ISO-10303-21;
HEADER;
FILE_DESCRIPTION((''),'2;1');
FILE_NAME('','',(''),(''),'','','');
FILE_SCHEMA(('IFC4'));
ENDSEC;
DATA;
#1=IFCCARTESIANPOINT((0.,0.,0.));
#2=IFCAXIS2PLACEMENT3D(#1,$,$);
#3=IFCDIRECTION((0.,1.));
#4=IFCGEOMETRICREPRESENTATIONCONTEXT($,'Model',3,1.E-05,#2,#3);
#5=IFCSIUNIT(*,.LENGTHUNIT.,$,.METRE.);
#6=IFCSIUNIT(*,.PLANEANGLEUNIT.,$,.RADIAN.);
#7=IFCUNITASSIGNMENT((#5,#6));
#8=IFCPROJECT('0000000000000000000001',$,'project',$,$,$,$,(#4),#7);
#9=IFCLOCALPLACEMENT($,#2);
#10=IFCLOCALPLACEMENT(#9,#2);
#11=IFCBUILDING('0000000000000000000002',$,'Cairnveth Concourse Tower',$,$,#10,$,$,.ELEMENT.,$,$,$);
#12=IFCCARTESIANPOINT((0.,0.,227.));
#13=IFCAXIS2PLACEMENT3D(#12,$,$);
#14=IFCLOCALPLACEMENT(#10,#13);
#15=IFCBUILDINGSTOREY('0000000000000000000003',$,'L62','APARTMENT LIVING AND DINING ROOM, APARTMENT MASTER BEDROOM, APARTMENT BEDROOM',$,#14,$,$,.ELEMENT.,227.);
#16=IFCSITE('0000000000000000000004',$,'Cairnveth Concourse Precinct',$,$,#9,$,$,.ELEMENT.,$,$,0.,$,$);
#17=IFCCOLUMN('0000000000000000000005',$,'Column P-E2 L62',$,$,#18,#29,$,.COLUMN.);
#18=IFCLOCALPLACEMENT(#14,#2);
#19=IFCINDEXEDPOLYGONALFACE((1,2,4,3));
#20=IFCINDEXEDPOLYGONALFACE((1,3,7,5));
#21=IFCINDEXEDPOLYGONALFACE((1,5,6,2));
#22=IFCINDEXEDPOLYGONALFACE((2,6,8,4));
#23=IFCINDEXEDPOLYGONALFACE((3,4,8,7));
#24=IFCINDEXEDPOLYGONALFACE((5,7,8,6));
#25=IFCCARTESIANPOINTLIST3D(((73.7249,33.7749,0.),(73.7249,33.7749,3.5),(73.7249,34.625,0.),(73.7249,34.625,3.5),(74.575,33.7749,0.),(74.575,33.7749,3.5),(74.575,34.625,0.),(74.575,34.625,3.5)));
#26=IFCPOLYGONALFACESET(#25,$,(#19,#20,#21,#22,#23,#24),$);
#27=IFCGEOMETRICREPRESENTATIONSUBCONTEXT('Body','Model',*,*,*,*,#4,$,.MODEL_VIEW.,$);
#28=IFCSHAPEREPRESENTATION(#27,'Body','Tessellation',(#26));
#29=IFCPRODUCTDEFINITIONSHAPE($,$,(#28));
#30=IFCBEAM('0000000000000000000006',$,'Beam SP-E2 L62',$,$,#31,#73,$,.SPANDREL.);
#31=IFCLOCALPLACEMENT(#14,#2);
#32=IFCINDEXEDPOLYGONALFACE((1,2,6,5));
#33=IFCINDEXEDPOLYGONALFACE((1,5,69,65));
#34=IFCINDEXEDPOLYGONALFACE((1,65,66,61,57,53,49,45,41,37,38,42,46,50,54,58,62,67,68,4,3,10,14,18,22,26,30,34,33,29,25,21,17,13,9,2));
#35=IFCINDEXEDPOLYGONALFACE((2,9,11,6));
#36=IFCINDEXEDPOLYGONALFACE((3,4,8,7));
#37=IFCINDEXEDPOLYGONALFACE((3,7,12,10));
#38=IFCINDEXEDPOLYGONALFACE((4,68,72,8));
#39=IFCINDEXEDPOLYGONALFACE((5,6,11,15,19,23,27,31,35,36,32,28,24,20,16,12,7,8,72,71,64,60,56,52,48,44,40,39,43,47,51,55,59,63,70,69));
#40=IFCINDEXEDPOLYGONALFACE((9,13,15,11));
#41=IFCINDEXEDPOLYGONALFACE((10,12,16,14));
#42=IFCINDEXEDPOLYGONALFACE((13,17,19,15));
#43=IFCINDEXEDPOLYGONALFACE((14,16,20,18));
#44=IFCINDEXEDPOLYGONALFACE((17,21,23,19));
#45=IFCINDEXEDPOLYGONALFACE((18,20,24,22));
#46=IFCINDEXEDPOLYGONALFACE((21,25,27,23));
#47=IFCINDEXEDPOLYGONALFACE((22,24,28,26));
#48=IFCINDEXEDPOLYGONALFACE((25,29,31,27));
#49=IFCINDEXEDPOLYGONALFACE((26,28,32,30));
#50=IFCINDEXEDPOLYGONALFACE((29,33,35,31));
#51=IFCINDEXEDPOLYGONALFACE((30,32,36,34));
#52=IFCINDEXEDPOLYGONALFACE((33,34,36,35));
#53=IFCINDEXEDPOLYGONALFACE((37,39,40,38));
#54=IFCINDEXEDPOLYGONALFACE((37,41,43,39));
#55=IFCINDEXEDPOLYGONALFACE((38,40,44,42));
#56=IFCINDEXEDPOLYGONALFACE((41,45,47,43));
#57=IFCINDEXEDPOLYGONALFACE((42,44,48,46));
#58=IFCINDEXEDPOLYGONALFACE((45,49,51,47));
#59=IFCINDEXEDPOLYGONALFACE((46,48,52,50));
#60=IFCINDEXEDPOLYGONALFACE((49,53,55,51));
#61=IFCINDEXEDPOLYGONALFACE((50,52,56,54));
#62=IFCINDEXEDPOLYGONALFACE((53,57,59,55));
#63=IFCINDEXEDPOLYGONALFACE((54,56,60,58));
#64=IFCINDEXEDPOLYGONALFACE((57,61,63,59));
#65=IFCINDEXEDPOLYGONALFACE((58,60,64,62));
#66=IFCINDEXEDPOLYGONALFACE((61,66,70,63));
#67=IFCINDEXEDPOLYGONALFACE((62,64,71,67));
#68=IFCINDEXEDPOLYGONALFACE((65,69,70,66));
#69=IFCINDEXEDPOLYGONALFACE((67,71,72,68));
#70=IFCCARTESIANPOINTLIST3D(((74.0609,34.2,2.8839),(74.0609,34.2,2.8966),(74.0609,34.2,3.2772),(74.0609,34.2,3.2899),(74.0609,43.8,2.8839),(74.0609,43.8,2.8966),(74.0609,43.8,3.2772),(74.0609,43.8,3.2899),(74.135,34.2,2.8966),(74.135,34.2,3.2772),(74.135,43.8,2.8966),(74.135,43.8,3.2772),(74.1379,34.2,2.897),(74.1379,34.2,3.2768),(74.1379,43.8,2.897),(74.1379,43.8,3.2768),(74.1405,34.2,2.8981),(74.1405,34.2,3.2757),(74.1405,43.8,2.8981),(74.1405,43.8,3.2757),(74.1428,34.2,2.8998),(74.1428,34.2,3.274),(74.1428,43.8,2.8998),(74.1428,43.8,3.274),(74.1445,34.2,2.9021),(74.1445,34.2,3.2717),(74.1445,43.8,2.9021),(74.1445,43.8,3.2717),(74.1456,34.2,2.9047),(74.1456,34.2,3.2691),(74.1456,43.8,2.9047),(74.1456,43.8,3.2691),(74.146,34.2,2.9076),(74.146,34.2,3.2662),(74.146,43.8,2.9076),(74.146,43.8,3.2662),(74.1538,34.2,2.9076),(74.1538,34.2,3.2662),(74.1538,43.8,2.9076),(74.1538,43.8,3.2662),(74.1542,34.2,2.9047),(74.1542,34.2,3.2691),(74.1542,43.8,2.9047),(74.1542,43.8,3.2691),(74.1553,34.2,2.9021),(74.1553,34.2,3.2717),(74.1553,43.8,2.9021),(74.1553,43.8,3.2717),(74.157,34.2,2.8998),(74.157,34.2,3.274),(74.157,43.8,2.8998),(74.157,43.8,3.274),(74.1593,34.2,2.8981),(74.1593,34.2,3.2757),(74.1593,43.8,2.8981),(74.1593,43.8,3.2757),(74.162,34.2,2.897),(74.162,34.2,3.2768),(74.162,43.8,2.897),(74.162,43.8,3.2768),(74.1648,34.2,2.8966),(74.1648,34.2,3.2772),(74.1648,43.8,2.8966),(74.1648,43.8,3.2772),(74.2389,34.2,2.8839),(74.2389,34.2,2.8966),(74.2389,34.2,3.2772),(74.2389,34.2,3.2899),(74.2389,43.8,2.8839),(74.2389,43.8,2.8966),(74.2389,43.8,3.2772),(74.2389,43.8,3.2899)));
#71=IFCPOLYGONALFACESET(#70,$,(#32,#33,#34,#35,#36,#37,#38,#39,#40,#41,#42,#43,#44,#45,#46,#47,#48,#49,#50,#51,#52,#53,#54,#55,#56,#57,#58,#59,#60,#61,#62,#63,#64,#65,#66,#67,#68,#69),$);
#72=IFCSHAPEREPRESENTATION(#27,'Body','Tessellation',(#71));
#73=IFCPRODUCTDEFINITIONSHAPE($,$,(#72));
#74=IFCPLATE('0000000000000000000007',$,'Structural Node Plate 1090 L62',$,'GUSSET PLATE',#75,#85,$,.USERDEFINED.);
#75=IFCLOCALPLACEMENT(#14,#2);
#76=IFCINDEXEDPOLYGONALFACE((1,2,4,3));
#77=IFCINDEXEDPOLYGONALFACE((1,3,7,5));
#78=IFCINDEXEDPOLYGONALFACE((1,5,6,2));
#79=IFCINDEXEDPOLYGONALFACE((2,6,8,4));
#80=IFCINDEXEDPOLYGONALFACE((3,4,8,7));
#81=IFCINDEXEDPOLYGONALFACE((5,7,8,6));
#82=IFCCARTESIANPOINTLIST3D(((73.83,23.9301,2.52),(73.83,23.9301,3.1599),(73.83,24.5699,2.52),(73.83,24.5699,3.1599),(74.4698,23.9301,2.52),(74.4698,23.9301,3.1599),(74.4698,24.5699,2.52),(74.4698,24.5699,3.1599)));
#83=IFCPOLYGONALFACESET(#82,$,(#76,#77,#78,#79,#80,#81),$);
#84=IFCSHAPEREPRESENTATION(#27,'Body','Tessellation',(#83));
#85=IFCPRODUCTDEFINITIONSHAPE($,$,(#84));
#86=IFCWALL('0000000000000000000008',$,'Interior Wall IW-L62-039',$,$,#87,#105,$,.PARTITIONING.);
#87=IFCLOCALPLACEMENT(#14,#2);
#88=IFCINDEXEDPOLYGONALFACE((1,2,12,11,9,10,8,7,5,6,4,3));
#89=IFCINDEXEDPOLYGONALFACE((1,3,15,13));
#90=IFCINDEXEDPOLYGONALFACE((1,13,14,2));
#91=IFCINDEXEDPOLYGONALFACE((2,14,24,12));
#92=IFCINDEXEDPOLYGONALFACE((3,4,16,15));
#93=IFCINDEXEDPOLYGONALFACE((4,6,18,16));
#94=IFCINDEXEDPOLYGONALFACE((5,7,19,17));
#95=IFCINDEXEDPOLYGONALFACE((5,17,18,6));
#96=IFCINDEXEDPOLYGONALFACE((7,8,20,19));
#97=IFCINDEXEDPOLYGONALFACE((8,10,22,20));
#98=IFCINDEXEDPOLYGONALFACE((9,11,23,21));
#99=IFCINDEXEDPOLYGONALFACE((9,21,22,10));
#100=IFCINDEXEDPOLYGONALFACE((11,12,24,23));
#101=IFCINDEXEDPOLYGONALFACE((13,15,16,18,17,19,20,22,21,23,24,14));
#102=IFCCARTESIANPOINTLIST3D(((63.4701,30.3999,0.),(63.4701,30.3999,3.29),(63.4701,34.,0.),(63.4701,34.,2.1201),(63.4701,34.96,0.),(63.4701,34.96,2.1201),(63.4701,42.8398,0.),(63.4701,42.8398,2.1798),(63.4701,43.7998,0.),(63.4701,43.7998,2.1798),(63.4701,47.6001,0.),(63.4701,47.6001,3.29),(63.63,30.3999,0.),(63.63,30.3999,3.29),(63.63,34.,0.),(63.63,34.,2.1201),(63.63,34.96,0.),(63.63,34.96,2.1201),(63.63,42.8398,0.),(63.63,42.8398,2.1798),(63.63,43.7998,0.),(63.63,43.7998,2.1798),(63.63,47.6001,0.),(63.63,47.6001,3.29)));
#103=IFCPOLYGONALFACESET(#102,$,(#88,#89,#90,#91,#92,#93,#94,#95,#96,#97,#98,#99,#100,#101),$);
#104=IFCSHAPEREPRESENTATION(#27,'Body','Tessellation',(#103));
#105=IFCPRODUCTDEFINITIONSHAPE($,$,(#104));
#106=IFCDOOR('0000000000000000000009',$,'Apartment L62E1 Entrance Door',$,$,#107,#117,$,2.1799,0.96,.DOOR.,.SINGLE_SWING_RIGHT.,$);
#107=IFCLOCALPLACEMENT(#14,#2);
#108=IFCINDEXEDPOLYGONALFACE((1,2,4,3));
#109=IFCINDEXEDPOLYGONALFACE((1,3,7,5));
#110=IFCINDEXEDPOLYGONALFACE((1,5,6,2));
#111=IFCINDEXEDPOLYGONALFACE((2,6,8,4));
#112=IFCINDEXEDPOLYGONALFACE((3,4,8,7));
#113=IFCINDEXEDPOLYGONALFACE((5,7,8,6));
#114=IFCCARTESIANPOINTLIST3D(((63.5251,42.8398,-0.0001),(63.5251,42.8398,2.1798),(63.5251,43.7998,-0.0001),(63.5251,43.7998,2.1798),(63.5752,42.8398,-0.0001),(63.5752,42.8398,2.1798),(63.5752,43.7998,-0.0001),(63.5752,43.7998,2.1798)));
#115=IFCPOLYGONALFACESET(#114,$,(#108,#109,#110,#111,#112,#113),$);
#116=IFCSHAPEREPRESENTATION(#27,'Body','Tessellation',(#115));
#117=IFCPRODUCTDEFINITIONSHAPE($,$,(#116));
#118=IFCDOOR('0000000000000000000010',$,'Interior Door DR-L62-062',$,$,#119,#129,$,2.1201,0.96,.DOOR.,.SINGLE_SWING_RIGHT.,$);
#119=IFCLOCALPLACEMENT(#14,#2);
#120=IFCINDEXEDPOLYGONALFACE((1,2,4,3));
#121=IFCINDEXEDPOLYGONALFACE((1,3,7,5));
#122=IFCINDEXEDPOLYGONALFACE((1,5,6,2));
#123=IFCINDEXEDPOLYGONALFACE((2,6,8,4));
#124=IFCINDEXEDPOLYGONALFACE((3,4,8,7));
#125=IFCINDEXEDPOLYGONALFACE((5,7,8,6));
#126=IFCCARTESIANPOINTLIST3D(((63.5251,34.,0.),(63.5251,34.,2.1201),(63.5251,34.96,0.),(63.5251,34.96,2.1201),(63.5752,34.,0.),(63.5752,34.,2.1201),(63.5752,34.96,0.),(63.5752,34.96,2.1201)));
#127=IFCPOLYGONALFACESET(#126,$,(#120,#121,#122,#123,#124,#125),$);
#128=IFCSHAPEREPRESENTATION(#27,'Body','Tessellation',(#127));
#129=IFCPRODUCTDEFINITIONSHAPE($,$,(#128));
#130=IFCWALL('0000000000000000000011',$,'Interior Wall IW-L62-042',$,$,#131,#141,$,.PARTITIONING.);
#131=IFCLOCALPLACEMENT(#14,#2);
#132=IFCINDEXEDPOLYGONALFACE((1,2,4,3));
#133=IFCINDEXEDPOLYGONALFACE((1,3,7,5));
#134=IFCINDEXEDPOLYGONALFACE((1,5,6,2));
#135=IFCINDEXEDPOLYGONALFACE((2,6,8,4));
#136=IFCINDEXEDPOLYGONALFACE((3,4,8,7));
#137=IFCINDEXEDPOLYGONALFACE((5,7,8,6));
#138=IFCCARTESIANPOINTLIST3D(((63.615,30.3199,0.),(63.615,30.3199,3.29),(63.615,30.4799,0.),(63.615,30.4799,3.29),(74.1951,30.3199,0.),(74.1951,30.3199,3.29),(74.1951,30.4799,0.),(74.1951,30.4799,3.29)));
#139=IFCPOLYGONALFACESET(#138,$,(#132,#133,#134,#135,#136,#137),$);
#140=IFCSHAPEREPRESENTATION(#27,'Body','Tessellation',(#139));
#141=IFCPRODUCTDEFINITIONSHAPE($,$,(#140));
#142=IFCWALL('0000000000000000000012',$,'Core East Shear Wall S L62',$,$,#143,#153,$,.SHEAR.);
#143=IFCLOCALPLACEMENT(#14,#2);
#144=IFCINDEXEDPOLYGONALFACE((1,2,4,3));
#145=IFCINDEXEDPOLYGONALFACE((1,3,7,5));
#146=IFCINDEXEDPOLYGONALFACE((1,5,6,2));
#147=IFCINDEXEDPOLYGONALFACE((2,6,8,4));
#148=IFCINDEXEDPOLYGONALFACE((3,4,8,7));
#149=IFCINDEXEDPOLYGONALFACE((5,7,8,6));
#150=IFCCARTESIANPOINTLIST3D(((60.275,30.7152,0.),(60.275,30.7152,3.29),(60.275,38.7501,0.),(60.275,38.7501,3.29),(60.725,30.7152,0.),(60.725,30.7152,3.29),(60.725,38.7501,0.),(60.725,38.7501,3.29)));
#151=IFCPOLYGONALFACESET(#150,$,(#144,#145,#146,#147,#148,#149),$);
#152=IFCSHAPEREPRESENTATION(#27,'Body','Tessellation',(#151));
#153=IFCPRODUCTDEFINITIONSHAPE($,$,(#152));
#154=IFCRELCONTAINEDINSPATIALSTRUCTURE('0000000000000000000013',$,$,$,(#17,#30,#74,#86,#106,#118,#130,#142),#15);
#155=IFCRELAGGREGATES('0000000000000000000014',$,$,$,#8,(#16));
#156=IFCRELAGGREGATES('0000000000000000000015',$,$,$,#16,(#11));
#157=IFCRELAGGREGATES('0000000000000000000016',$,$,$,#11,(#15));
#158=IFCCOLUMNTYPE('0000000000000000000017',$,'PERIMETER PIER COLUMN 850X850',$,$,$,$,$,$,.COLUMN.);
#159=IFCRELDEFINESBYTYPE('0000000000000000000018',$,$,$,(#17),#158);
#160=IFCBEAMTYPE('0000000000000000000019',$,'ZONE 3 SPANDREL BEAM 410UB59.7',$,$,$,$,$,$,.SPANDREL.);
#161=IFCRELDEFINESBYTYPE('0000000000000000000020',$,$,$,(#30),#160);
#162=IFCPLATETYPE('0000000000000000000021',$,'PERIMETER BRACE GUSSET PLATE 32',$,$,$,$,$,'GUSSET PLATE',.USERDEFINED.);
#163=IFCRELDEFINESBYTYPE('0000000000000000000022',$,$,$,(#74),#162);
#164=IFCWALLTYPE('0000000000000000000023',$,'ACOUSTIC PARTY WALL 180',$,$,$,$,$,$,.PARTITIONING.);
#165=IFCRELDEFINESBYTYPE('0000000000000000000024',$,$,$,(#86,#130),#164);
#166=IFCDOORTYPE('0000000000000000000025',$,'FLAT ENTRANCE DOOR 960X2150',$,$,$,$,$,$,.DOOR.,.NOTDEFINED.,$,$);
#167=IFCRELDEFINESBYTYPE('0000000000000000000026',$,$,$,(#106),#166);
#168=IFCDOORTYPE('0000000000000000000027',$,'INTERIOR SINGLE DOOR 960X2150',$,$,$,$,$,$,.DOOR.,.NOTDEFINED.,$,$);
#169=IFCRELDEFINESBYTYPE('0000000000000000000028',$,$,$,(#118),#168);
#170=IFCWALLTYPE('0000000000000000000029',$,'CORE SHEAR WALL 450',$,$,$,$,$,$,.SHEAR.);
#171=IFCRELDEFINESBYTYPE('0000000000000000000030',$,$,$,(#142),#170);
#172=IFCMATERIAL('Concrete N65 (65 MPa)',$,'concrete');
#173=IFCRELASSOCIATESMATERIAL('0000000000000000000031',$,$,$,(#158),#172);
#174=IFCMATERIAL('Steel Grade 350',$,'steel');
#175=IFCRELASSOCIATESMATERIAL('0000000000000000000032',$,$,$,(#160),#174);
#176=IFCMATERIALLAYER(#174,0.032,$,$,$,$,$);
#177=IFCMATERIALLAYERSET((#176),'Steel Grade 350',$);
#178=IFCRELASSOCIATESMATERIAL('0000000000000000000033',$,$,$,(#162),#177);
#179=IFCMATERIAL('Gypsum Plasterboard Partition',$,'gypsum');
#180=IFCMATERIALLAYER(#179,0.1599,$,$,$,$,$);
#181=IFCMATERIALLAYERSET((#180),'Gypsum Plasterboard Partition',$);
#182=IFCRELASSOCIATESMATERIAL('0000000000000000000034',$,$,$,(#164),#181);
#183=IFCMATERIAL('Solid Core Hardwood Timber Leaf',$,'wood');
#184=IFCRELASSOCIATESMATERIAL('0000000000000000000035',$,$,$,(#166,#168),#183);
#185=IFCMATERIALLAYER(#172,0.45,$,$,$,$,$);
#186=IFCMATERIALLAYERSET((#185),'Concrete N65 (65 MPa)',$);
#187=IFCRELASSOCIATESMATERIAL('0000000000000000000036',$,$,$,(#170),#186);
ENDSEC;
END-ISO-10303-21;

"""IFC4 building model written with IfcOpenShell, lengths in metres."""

from ifc_helpers import new_model, si_unit, direction, frame, frame_2d, origin, origin_2d, place, context, subcontext, project, spatial, rectangle, i_section, extrude, material, layer, layer_set, material_profile, profile_set, type_object, element, fill, save


model = new_model("IFC4")

# Units and contexts
model_context = context("Model", 3, precision=1e-05, world=origin(), true_north=direction((0.0, 1.0)))
body_context = subcontext(model_context, "Body", "Model", "MODEL_VIEW")
ifc_project = project(units=[si_unit("LENGTHUNIT", "METRE"), si_unit("PLANEANGLEUNIT", "RADIAN")], contexts=[model_context])

# Site, building, storey
site_placement = place(None, origin())
site = spatial("IfcSite", under=ifc_project, at=site_placement, Name="Cairnveth Concourse Precinct", CompositionType="ELEMENT", RefElevation=0.0)
building_placement = place(site_placement, origin())
building = spatial("IfcBuilding", under=site, at=building_placement, Name="Cairnveth Concourse Tower", CompositionType="ELEMENT")
storey_placement = place(building_placement, frame((0.0, 0.0, 227.0)))
storey = spatial("IfcBuildingStorey", under=building, at=storey_placement, Name="L62", Description="APARTMENT LIVING AND DINING ROOM, APARTMENT MASTER BEDROOM, APARTMENT BEDROOM", CompositionType="ELEMENT", Elevation=227.0)

# Column
ifc_material_1 = material(Name="Concrete N65 (65 MPa)", Category="concrete")
ifc_material_profile_1 = material_profile(ifc_material_1, rectangle(XDim=0.8501, YDim=0.8501, at=origin_2d()), Name="RC-COL-850x850")
ifc_profile_set_1 = profile_set([ifc_material_profile_1], Name="Concrete N65 (65 MPa)")
column_type = type_object("IfcColumnType", Name="PERIMETER PIER COLUMN 850X850", PredefinedType="COLUMN", material=ifc_profile_set_1)
column_placement = place(storey_placement, frame((74.1499, 34.2, 0.0), z_axis=(0.0, 0.0, 1.0), x_axis=(0.0, 1.0, 0.0)))
element("IfcColumn", 1, at=column_placement, inside=storey, type_object=column_type, Name="Column P-E2 L62", PredefinedType="COLUMN", context=body_context, shape_type="SweptSolid", body=[
    extrude(rectangle(XDim=0.8501, YDim=0.8501, at=origin_2d()), origin(), (0.0, 0.0, 1.0), 3.5),
])

# Beam
ifc_material_2 = material(Name="Steel Grade 350", Category="steel")
ifc_material_profile_2 = material_profile(ifc_material_2, i_section(OverallWidth=0.178, OverallDepth=0.406, WebThickness=0.0078, FlangeThickness=0.0127, FilletRadius=0.011, at=origin_2d()), Name="410UB59.7")
ifc_profile_set_2 = profile_set([ifc_material_profile_2], Name="Steel Grade 350")
beam_type = type_object("IfcBeamType", Name="ZONE 3 SPANDREL BEAM 410UB59.7", PredefinedType="SPANDREL", material=ifc_profile_set_2)
beam_placement = place(storey_placement, frame((74.1499, 34.2, 3.0869), z_axis=(0.0, 1.0, 0.0), x_axis=(-1.0, 0.0, 0.0)))
element("IfcBeam", 2, at=beam_placement, inside=storey, type_object=beam_type, Name="Beam SP-E2 L62", PredefinedType="SPANDREL", context=body_context, shape_type="SweptSolid", body=[
    extrude(i_section(OverallWidth=0.178, OverallDepth=0.406, WebThickness=0.0078, FlangeThickness=0.0127, FilletRadius=0.011, at=origin_2d()), origin(), (0.0, 0.0, 1.0), 9.6001),
])

# Plate
ifc_layer_1 = layer(ifc_material_2, 0.032)
ifc_layer_set_1 = layer_set([ifc_layer_1], Name="Steel Grade 350")
plate_type = type_object("IfcPlateType", Name="PERIMETER BRACE GUSSET PLATE 32", ElementType="GUSSET PLATE", PredefinedType="USERDEFINED", material=ifc_layer_set_1)
plate_placement = place(storey_placement, frame((74.1499, 24.25, 2.52), z_axis=(0.0, 0.0, 1.0), x_axis=(1.0, 0.0, 0.0)))
element("IfcPlate", 3, at=plate_placement, inside=storey, type_object=plate_type, Name="Structural Node Plate 1090 L62", ObjectType="GUSSET PLATE", PredefinedType="USERDEFINED", context=body_context, shape_type="SweptSolid", body=[
    extrude(rectangle(XDim=0.6399, YDim=0.6399, at=origin_2d()), origin(), (0.0, 0.0, 1.0), 0.6399),
])

# Wall, openings, doors
ifc_material_3 = material(Name="Gypsum Plasterboard Partition", Category="gypsum")
ifc_layer_2 = layer(ifc_material_3, 0.1599)
ifc_layer_set_2 = layer_set([ifc_layer_2], Name="Gypsum Plasterboard Partition")
wall_type_1 = type_object("IfcWallType", Name="ACOUSTIC PARTY WALL 180", PredefinedType="PARTITIONING", material=ifc_layer_set_2)
wall_1_placement = place(storey_placement, frame((63.55, 30.3999, 0.0), z_axis=(0.0, 0.0, 1.0), x_axis=(0.0, 1.0, 0.0)))
wall_1 = element("IfcWall", 4, at=wall_1_placement, inside=storey, type_object=wall_type_1, Name="Interior Wall IW-L62-039", PredefinedType="PARTITIONING", context=body_context, shape_type="SweptSolid", body=[
    extrude(rectangle(XDim=17.2002, YDim=0.1599, at=frame_2d((8.6001, 0.0))), origin(), (0.0, 0.0, 1.0), 3.29),
])
opening_1_placement = place(wall_1_placement, frame((3.6001, 0.0, 0.0)))
opening_1 = element("IfcOpeningElement", 5, at=opening_1_placement, cuts=wall_1, PredefinedType="OPENING", context=body_context, shape_type="SweptSolid", body=[
    extrude(rectangle(XDim=0.96, YDim=2.1201, at=frame_2d((0.48, 1.0601))), frame((0.0, 0.0898, 0.0), z_axis=(0.0, -1.0, 0.0), x_axis=(1.0, 0.0, 0.0)), (0.0, 0.0, 1.0), 0.1799),
])
opening_2_placement = place(wall_1_placement, frame((12.4399, 0.0, 0.0)))
opening_2 = element("IfcOpeningElement", 6, at=opening_2_placement, cuts=wall_1, PredefinedType="OPENING", context=body_context, shape_type="SweptSolid", body=[
    extrude(rectangle(XDim=0.96, YDim=2.1799, at=frame_2d((0.48, 1.0898))), frame((0.0, 0.0898, 0.0), z_axis=(0.0, -1.0, 0.0), x_axis=(1.0, 0.0, 0.0)), (0.0, 0.0, 1.0), 0.1799),
])
ifc_material_4 = material(Name="Solid Core Hardwood Timber Leaf", Category="wood")
door_type_1 = type_object("IfcDoorType", Name="FLAT ENTRANCE DOOR 960X2150", OperationType="NOTDEFINED", PredefinedType="DOOR", material=ifc_material_4)
door_1_placement = place(opening_2_placement, origin())
door_1 = element("IfcDoor", 7, at=door_1_placement, inside=storey, type_object=door_type_1, Name="Apartment L62E1 Entrance Door", OperationType="SINGLE_SWING_RIGHT", OverallHeight=2.1799, OverallWidth=0.96, PredefinedType="DOOR", context=body_context, shape_type="SweptSolid", body=[
    extrude(rectangle(XDim=0.96, YDim=2.1799, at=frame_2d((0.48, 1.0898))), frame((0.0, 0.0249, 0.0), z_axis=(0.0, -1.0, 0.0), x_axis=(1.0, 0.0, 0.0)), (0.0, 0.0, 1.0), 0.05),
])
fill(opening_2, door_1)
door_type_2 = type_object("IfcDoorType", Name="INTERIOR SINGLE DOOR 960X2150", OperationType="NOTDEFINED", PredefinedType="DOOR", material=ifc_material_4)
door_2_placement = place(opening_1_placement, origin())
door_2 = element("IfcDoor", 8, at=door_2_placement, inside=storey, type_object=door_type_2, Name="Interior Door DR-L62-062", OperationType="SINGLE_SWING_RIGHT", OverallHeight=2.1201, OverallWidth=0.96, PredefinedType="DOOR", context=body_context, shape_type="SweptSolid", body=[
    extrude(rectangle(XDim=0.96, YDim=2.1201, at=frame_2d((0.48, 1.0601))), frame((0.0, 0.0249, 0.0), z_axis=(0.0, -1.0, 0.0), x_axis=(1.0, 0.0, 0.0)), (0.0, 0.0, 1.0), 0.05),
])
fill(opening_1, door_2)

# Walls
wall_2_placement = place(storey_placement, frame((63.615, 30.3999, 0.0), z_axis=(0.0, 0.0, 1.0), x_axis=(1.0, 0.0, 0.0)))
element("IfcWall", 9, at=wall_2_placement, inside=storey, type_object=wall_type_1, Name="Interior Wall IW-L62-042", PredefinedType="PARTITIONING", context=body_context, shape_type="SweptSolid", body=[
    extrude(rectangle(XDim=10.5801, YDim=0.1599, at=frame_2d((5.29, 0.0))), origin(), (0.0, 0.0, 1.0), 3.29),
])
ifc_layer_3 = layer(ifc_material_1, 0.45)
ifc_layer_set_3 = layer_set([ifc_layer_3], Name="Concrete N65 (65 MPa)")
wall_type_2 = type_object("IfcWallType", Name="CORE SHEAR WALL 450", PredefinedType="SHEAR", material=ifc_layer_set_3)
wall_3_placement = place(storey_placement, frame((60.5, 30.7151, 0.0), z_axis=(0.0, 0.0, 1.0), x_axis=(0.0, 1.0, 0.0)))
element("IfcWall", 10, at=wall_3_placement, inside=storey, type_object=wall_type_2, Name="Core East Shear Wall S L62", PredefinedType="SHEAR", context=body_context, shape_type="SweptSolid", body=[
    extrude(rectangle(XDim=8.0349, YDim=0.45, at=frame_2d((4.0176, 0.0))), origin(), (0.0, 0.0, 1.0), 3.29),
])

save(model, "model.ifc")
